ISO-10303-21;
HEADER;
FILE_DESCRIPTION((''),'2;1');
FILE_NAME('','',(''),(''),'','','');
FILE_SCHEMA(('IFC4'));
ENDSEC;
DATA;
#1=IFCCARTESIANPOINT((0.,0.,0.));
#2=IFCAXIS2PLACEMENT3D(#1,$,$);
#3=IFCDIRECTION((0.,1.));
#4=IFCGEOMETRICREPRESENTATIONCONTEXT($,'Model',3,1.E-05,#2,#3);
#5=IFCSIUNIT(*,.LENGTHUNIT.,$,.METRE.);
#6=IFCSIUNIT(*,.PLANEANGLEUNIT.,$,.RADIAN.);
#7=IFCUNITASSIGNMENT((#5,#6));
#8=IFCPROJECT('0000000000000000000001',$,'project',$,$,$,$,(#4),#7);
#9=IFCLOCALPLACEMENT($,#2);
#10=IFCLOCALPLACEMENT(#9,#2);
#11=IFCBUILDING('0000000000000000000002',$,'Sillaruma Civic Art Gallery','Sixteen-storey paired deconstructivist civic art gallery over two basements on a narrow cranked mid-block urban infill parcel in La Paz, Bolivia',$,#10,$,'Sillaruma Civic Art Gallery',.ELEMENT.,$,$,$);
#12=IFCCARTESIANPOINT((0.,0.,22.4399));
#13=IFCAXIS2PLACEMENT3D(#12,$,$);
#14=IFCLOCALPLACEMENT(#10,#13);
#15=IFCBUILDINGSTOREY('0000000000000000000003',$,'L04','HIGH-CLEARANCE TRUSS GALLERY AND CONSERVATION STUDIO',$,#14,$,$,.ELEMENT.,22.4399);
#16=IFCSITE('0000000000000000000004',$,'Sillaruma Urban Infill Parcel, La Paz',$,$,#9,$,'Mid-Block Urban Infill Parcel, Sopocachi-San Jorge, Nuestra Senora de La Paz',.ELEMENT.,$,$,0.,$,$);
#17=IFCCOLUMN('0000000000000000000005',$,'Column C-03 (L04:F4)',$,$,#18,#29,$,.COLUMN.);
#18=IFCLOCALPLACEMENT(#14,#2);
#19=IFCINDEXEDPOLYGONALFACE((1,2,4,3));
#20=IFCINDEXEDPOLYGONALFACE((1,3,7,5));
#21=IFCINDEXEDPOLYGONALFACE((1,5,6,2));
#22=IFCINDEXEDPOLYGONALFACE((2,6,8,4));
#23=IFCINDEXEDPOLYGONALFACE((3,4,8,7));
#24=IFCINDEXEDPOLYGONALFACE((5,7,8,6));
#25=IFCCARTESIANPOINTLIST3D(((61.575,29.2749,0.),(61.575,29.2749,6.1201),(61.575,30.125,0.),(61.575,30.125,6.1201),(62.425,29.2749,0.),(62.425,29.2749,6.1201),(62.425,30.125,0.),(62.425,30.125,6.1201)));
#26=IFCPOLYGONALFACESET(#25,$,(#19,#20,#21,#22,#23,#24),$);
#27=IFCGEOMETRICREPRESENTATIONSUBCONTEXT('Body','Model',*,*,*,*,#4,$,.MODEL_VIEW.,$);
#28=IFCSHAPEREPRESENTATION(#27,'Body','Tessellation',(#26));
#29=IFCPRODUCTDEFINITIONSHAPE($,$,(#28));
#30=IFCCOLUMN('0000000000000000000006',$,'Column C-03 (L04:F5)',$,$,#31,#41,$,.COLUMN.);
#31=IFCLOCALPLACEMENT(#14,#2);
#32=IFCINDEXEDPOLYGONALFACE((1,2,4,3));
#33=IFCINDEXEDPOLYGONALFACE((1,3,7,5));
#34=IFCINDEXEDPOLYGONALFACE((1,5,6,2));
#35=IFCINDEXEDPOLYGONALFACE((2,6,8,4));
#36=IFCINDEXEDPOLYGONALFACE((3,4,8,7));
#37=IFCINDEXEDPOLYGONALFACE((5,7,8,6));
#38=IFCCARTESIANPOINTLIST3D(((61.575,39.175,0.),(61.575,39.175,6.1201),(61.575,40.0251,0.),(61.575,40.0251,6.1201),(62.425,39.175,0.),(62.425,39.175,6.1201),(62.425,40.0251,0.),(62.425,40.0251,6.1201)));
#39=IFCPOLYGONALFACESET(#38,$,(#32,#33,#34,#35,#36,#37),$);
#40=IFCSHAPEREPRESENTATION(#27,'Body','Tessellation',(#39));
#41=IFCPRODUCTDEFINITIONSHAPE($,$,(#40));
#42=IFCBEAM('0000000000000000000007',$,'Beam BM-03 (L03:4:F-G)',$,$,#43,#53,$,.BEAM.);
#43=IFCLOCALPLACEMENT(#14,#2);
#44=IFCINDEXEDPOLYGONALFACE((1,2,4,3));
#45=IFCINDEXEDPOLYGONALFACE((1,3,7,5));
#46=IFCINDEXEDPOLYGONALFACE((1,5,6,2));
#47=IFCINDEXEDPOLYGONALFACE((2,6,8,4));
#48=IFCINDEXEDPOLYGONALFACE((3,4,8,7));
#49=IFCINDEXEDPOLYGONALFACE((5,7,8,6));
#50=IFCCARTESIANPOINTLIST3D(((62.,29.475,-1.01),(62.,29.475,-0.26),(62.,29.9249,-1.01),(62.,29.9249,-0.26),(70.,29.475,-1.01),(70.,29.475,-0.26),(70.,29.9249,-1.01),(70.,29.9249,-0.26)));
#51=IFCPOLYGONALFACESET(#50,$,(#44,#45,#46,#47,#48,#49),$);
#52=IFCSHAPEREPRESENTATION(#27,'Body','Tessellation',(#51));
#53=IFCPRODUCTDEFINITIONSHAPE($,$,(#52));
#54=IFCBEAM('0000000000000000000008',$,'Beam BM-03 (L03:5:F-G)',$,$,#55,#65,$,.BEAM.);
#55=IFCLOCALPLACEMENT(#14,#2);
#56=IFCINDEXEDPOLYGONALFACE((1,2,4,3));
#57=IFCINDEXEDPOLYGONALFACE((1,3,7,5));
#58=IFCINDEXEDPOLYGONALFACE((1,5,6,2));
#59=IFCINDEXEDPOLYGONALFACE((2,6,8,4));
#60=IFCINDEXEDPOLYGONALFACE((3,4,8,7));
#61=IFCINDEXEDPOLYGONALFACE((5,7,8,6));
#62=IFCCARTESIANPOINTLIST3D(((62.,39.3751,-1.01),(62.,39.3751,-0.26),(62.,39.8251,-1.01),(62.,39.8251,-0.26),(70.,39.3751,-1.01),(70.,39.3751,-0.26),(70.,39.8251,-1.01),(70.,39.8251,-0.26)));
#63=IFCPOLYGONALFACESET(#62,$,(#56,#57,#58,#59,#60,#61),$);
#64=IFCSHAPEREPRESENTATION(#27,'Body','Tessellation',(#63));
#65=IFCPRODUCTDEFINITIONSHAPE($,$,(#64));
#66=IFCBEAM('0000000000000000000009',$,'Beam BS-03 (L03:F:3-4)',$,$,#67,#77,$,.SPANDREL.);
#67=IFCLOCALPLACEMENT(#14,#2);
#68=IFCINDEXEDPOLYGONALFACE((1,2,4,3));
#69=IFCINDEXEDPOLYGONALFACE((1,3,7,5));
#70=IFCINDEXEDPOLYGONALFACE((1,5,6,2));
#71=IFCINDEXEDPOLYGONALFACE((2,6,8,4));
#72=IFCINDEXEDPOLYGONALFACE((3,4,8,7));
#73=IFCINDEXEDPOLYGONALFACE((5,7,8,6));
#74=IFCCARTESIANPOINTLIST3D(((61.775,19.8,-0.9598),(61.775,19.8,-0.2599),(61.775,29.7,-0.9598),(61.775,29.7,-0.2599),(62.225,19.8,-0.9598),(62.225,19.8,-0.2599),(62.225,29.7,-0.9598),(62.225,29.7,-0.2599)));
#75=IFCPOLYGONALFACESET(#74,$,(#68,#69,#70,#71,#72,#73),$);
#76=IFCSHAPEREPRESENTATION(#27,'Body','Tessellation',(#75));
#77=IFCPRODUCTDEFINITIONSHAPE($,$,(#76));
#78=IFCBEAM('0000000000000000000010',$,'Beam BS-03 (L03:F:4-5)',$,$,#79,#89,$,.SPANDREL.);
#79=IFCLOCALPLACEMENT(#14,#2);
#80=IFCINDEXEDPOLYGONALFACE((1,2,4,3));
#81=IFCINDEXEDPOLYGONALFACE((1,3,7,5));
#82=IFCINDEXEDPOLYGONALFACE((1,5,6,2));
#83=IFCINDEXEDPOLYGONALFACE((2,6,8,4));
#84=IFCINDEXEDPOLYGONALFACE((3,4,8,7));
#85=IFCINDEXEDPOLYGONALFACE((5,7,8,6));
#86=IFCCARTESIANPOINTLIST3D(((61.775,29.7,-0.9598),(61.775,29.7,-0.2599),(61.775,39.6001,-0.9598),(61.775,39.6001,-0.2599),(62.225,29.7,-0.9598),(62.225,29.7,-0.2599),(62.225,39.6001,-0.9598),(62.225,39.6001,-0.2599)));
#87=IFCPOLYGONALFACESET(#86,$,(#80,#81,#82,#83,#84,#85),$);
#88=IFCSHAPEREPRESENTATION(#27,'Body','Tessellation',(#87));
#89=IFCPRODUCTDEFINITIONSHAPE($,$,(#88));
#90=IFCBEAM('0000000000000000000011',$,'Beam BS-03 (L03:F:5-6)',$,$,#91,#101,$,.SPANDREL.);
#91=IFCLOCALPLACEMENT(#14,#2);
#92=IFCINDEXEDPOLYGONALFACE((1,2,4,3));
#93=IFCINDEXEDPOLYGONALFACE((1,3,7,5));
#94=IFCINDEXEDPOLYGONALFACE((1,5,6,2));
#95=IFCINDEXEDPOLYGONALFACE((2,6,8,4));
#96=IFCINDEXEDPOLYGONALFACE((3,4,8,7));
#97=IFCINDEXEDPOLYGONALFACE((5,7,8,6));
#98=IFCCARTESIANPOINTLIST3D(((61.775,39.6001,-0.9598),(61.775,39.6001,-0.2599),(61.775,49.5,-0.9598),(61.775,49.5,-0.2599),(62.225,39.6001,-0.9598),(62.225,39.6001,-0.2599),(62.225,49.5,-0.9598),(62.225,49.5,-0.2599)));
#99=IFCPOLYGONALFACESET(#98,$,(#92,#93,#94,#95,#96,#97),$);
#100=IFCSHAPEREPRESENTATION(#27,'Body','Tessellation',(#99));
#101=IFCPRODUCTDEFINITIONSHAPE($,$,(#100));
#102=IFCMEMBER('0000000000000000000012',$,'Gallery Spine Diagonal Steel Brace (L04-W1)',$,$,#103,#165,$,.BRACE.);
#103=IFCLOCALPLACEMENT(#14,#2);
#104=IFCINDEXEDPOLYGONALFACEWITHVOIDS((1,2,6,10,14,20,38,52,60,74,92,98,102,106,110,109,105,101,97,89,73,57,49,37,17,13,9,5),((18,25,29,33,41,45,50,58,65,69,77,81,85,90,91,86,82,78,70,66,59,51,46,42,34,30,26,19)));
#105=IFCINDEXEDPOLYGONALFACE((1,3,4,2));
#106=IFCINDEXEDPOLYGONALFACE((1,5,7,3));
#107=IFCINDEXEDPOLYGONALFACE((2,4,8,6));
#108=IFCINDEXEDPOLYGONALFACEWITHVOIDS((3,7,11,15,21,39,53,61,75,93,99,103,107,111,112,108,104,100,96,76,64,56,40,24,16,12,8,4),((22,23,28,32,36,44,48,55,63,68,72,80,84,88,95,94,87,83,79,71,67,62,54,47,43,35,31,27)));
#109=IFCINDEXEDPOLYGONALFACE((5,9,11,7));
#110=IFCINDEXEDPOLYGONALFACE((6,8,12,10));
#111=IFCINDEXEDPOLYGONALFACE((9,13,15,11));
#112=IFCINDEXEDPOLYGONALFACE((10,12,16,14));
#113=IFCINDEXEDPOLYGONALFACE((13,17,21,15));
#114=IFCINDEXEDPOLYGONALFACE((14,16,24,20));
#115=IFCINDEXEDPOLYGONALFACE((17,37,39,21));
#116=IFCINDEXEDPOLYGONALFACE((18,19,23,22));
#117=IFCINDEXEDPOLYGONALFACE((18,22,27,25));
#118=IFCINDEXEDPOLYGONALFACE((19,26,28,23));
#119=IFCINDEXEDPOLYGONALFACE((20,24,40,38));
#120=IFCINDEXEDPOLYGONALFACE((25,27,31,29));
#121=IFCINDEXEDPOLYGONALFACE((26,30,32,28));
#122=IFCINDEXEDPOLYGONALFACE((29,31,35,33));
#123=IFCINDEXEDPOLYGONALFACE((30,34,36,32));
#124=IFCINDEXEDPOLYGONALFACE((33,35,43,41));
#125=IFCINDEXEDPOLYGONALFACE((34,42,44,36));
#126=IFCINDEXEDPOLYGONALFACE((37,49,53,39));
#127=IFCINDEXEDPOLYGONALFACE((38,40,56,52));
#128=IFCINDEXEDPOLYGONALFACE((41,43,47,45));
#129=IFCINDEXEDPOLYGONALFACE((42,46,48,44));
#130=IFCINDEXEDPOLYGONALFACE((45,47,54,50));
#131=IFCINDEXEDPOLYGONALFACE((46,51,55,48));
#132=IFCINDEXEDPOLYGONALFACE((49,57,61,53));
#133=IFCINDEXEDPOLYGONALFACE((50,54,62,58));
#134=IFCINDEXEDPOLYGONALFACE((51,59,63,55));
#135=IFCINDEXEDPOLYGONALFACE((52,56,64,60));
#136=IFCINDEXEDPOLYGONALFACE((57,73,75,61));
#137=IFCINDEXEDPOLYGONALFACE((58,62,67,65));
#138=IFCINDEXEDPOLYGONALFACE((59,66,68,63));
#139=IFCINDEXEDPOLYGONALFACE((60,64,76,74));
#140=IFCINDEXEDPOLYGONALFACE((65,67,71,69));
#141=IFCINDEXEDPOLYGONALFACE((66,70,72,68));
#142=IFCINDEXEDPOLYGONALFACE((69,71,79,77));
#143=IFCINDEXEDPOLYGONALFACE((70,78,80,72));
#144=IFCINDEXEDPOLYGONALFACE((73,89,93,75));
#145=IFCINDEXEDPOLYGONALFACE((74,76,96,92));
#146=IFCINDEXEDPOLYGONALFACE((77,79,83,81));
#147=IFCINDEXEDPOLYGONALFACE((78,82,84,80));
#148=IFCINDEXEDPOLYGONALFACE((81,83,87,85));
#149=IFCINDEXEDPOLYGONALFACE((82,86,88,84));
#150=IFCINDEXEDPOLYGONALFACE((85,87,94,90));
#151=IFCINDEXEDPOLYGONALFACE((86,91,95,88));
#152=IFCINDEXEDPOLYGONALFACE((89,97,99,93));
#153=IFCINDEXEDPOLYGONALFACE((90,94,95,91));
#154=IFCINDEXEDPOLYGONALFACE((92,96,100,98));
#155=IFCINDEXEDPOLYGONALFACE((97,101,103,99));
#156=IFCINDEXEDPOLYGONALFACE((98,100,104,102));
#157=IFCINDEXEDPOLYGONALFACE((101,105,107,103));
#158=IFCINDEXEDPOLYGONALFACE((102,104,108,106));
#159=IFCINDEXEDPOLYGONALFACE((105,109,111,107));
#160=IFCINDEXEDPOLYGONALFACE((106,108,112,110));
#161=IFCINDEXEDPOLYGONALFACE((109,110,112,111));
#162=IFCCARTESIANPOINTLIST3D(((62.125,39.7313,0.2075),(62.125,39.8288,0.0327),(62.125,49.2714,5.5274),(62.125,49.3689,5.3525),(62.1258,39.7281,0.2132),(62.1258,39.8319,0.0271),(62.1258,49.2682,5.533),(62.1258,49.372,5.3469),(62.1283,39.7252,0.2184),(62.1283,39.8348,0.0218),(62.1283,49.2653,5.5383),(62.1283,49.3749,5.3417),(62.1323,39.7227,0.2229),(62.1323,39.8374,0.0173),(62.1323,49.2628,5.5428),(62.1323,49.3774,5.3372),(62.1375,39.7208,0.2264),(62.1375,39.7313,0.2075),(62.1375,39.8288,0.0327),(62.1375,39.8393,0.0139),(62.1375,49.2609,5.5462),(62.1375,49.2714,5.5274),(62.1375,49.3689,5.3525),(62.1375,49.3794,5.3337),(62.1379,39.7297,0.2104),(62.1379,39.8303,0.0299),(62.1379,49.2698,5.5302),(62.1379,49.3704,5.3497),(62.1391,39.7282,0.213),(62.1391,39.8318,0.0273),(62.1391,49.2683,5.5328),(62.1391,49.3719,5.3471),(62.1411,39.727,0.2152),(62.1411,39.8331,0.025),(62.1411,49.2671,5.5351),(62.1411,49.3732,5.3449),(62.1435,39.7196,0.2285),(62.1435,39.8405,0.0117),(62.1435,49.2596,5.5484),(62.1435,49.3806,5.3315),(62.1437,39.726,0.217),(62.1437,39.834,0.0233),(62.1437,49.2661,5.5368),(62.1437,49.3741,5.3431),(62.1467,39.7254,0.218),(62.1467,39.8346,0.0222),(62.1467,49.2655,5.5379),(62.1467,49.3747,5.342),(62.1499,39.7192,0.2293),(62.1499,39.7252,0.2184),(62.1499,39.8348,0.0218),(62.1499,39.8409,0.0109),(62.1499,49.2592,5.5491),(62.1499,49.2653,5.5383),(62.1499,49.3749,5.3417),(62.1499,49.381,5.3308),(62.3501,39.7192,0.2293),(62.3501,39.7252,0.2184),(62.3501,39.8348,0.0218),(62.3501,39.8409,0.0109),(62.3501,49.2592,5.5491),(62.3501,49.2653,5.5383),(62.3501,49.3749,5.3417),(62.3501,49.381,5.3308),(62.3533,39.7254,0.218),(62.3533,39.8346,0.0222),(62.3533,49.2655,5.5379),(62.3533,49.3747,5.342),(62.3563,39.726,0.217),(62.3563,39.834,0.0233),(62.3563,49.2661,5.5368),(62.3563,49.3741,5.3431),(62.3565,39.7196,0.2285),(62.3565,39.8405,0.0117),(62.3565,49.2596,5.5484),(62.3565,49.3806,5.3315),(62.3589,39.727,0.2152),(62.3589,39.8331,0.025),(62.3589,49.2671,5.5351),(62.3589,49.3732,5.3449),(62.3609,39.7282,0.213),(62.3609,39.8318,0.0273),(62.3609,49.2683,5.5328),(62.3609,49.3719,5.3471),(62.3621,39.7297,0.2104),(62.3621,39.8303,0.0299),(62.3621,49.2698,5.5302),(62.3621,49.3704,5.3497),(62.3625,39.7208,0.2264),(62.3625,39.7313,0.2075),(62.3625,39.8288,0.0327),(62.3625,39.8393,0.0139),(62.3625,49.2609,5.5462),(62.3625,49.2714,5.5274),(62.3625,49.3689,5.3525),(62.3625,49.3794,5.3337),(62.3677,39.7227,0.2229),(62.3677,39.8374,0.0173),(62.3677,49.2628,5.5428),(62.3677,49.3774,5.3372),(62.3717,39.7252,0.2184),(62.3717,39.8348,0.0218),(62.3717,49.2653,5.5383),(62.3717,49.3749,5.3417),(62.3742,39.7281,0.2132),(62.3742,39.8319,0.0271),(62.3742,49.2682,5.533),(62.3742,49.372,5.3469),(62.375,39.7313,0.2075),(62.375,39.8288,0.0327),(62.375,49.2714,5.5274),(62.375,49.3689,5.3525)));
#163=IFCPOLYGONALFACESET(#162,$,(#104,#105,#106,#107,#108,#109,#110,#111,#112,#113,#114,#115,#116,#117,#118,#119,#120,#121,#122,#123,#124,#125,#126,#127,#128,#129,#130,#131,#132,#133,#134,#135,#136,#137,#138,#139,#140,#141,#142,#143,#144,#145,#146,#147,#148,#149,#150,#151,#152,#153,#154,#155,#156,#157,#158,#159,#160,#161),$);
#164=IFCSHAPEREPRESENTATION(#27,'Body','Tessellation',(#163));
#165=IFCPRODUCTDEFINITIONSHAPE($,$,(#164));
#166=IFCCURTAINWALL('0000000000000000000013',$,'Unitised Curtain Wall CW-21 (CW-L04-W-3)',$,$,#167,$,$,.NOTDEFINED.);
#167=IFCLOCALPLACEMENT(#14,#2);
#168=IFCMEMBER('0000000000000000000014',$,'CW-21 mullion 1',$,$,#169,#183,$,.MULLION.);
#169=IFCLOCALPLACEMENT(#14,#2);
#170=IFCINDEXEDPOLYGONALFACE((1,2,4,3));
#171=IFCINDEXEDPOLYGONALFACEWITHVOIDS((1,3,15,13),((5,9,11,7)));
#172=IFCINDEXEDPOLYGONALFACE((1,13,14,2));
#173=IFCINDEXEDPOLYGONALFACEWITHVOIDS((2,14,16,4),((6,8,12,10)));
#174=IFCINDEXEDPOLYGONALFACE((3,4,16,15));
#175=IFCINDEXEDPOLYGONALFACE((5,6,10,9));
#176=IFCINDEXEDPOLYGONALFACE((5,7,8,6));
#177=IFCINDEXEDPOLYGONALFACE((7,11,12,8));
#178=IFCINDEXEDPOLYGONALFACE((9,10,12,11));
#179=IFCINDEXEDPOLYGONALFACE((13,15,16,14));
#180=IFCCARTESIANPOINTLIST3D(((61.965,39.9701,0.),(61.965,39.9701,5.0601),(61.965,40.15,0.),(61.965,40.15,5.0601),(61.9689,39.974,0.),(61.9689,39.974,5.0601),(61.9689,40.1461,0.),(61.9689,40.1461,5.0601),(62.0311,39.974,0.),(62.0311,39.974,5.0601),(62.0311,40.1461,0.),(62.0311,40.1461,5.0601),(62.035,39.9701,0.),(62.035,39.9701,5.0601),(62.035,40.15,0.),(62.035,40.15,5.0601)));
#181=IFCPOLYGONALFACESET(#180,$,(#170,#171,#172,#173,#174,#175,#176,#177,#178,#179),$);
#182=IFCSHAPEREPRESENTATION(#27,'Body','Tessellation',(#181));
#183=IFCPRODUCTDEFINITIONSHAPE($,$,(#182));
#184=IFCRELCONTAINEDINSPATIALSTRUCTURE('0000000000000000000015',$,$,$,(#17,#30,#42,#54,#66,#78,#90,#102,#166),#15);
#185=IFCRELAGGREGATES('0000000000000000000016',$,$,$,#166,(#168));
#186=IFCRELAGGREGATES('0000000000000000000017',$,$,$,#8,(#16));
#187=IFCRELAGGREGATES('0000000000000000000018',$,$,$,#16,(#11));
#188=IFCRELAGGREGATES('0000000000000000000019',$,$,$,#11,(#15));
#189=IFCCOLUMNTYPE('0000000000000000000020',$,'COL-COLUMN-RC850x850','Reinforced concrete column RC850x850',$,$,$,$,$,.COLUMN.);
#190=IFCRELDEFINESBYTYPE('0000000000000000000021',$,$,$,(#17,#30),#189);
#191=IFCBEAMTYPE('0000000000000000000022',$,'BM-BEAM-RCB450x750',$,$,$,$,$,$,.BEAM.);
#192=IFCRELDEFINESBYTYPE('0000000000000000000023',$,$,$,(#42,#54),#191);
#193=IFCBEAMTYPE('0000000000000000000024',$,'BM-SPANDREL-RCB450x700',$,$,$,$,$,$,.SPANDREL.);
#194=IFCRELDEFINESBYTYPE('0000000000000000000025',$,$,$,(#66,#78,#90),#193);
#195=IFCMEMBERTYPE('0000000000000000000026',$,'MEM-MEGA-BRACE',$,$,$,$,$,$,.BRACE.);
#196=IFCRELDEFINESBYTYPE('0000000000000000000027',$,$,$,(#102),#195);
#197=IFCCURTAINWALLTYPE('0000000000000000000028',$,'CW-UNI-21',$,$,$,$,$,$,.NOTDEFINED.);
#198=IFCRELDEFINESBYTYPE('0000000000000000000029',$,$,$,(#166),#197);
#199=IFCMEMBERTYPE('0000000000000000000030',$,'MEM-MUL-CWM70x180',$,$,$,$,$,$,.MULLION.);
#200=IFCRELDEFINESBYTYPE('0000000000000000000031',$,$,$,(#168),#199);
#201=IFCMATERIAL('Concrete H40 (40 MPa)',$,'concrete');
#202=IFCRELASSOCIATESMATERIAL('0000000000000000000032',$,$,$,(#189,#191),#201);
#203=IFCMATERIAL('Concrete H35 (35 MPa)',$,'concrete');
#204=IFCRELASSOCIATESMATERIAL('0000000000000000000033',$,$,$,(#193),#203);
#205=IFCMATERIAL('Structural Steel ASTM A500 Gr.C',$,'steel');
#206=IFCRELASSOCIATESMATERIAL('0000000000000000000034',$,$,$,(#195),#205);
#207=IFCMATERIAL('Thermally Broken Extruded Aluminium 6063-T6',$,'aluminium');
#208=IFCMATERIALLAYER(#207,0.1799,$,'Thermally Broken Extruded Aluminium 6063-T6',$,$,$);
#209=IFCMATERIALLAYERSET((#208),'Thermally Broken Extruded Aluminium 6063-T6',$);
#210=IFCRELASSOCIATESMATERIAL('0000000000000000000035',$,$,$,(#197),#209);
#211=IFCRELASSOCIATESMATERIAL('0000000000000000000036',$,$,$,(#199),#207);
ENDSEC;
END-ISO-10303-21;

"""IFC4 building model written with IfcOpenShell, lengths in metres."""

from ifc_helpers import new_model, si_unit, direction, frame, origin, origin_2d, place, context, subcontext, project, spatial, rectangle, hollow_rectangle, extrude, material, layer, layer_set, material_profile, profile_set, type_object, element, aggregate, save


model = new_model("IFC4")

# Units and contexts
model_context = context("Model", 3, precision=1e-05, world=origin(), true_north=direction((0.0, 1.0)))
body_context = subcontext(model_context, "Body", "Model", "MODEL_VIEW")
ifc_project = project(units=[si_unit("LENGTHUNIT", "METRE"), si_unit("PLANEANGLEUNIT", "RADIAN")], contexts=[model_context])

# Site, building, storey
site_placement = place(None, origin())
site = spatial("IfcSite", under=ifc_project, at=site_placement, Name="Sillaruma Urban Infill Parcel, La Paz", LongName="Mid-Block Urban Infill Parcel, Sopocachi-San Jorge, Nuestra Senora de La Paz", CompositionType="ELEMENT", RefElevation=0.0)
building_placement = place(site_placement, origin())
building = spatial("IfcBuilding", under=site, at=building_placement, Name="Sillaruma Civic Art Gallery", Description="Sixteen-storey paired deconstructivist civic art gallery over two basements on a narrow cranked mid-block urban infill parcel in La Paz, Bolivia", LongName="Sillaruma Civic Art Gallery", CompositionType="ELEMENT")
storey_placement = place(building_placement, frame((0.0, 0.0, 22.4399)))
storey = spatial("IfcBuildingStorey", under=building, at=storey_placement, Name="L04", Description="HIGH-CLEARANCE TRUSS GALLERY AND CONSERVATION STUDIO", CompositionType="ELEMENT", Elevation=22.4399)

# Columns
ifc_material_1 = material(Name="Concrete H40 (40 MPa)", Category="concrete")
ifc_material_profile_1 = material_profile(ifc_material_1, rectangle(XDim=0.8501, YDim=0.8501, at=origin_2d()), Name="RC850x850")
ifc_profile_set_1 = profile_set([ifc_material_profile_1], Name="Concrete H40 (40 MPa)")
column_type = type_object("IfcColumnType", Name="COL-COLUMN-RC850x850", Description="Reinforced concrete column RC850x850", PredefinedType="COLUMN", material=ifc_profile_set_1)
for number, where, z_axis, x_axis, name in (
    (1, (62.0, 29.7, 0.0), (0.0, 0.0, 1.0), (1.0, 0.0, 0.0), "Column C-03 (L04:F4)"),
    (2, (62.0, 39.6001, 0.0), (0.0, 0.0, 1.0), (1.0, 0.0, 0.0), "Column C-03 (L04:F5)"),
):
    element("IfcColumn", number, at=place(storey_placement, frame(where, z_axis=z_axis, x_axis=x_axis)), inside=storey, type_object=column_type, Name=name, PredefinedType="COLUMN", context=body_context, shape_type="SweptSolid", body=[
        extrude(rectangle(XDim=0.8501, YDim=0.8501, at=origin_2d()), origin(), (0.0, 0.0, 1.0), 6.1201),
    ])

# Beams
ifc_material_profile_2 = material_profile(ifc_material_1, rectangle(XDim=0.45, YDim=0.75, at=origin_2d()), Name="RCB450x750")
ifc_profile_set_2 = profile_set([ifc_material_profile_2], Name="Concrete H40 (40 MPa)")
beam_type_1 = type_object("IfcBeamType", Name="BM-BEAM-RCB450x750", PredefinedType="BEAM", material=ifc_profile_set_2)
for number, where, z_axis, x_axis, name in (
    (3, (62.0, 29.7, -0.635), (1.0, 0.0, 0.0), (0.0, 1.0, 0.0), "Beam BM-03 (L03:4:F-G)"),
    (4, (62.0, 39.6001, -0.635), (1.0, 0.0, 0.0), (0.0, 1.0, 0.0), "Beam BM-03 (L03:5:F-G)"),
):
    element("IfcBeam", number, at=place(storey_placement, frame(where, z_axis=z_axis, x_axis=x_axis)), inside=storey, type_object=beam_type_1, Name=name, PredefinedType="BEAM", context=body_context, shape_type="SweptSolid", body=[
        extrude(rectangle(XDim=0.45, YDim=0.75, at=origin_2d()), origin(), (0.0, 0.0, 1.0), 8.0),
    ])
ifc_material_2 = material(Name="Concrete H35 (35 MPa)", Category="concrete")
ifc_material_profile_3 = material_profile(ifc_material_2, rectangle(XDim=0.45, YDim=0.7, at=origin_2d()), Name="RCB450x700")
ifc_profile_set_3 = profile_set([ifc_material_profile_3], Name="Concrete H35 (35 MPa)")
beam_type_2 = type_object("IfcBeamType", Name="BM-SPANDREL-RCB450x700", PredefinedType="SPANDREL", material=ifc_profile_set_3)
beam_1_placement = place(storey_placement, frame((62.0, 19.8, -0.6099), z_axis=(0.0, 1.0, 0.0), x_axis=(-1.0, 0.0, 0.0)))
element("IfcBeam", 5, at=beam_1_placement, inside=storey, type_object=beam_type_2, Name="Beam BS-03 (L03:F:3-4)", PredefinedType="SPANDREL", context=body_context, shape_type="SweptSolid", body=[
    extrude(rectangle(XDim=0.45, YDim=0.7, at=origin_2d()), origin(), (0.0, 0.0, 1.0), 9.8999),
])
beam_2_placement = place(storey_placement, frame((62.0, 29.7, -0.6099), z_axis=(0.0, 1.0, 0.0), x_axis=(-1.0, 0.0, 0.0)))
element("IfcBeam", 6, at=beam_2_placement, inside=storey, type_object=beam_type_2, Name="Beam BS-03 (L03:F:4-5)", PredefinedType="SPANDREL", context=body_context, shape_type="SweptSolid", body=[
    extrude(rectangle(XDim=0.45, YDim=0.7, at=origin_2d()), origin(), (0.0, 0.0, 1.0), 9.9001),
])
beam_3_placement = place(storey_placement, frame((62.0, 39.6001, -0.6099), z_axis=(0.0, 1.0, 0.0), x_axis=(-1.0, 0.0, 0.0)))
element("IfcBeam", 7, at=beam_3_placement, inside=storey, type_object=beam_type_2, Name="Beam BS-03 (L03:F:5-6)", PredefinedType="SPANDREL", context=body_context, shape_type="SweptSolid", body=[
    extrude(rectangle(XDim=0.45, YDim=0.7, at=origin_2d()), origin(), (0.0, 0.0, 1.0), 9.8999),
])

# Member
ifc_material_3 = material(Name="Structural Steel ASTM A500 Gr.C", Category="steel")
ifc_material_profile_4 = material_profile(ifc_material_3, hollow_rectangle(XDim=0.25, YDim=0.25, WallThickness=0.0125, InnerFilletRadius=0.0125, OuterFilletRadius=0.0249, at=origin_2d()), Name="HSS250x250x12.5")
ifc_profile_set_4 = profile_set([ifc_material_profile_4], Name="Structural Steel ASTM A500 Gr.C")
member_type_1 = type_object("IfcMemberType", Name="MEM-MEGA-BRACE", PredefinedType="BRACE", material=ifc_profile_set_4)
member_1_placement = place(storey_placement, frame((62.25, 39.78, 0.1201), z_axis=(0.0, 0.873387, 0.487028), x_axis=(-1.0, 0.0, 0.0)))
element("IfcMember", 8, at=member_1_placement, inside=storey, type_object=member_type_1, Name="Gallery Spine Diagonal Steel Brace (L04-W1)", PredefinedType="BRACE", context=body_context, shape_type="SweptSolid", body=[
    extrude(hollow_rectangle(XDim=0.25, YDim=0.25, WallThickness=0.0125, InnerFilletRadius=0.0125, OuterFilletRadius=0.0249, at=origin_2d()), origin(), (0.0, 0.0, 1.0), 10.9231),
])

# Curtain wall, member
ifc_material_4 = material(Name="Thermally Broken Extruded Aluminium 6063-T6", Category="aluminium")
ifc_layer_1 = layer(ifc_material_4, 0.1799, Name="Thermally Broken Extruded Aluminium 6063-T6")
ifc_layer_set_1 = layer_set([ifc_layer_1], Name="Thermally Broken Extruded Aluminium 6063-T6")
curtain_wall_type = type_object("IfcCurtainWallType", Name="CW-UNI-21", PredefinedType="NOTDEFINED", material=ifc_layer_set_1)
curtain_wall_placement = place(storey_placement, origin())
curtain_wall = element("IfcCurtainWall", 9, at=curtain_wall_placement, inside=storey, type_object=curtain_wall_type, Name="Unitised Curtain Wall CW-21 (CW-L04-W-3)", PredefinedType="NOTDEFINED")
ifc_material_profile_5 = material_profile(ifc_material_4, hollow_rectangle(XDim=0.0701, YDim=0.1799, WallThickness=0.0039, at=origin_2d()), Name="CWM70x180")
ifc_profile_set_5 = profile_set([ifc_material_profile_5], Name="Thermally Broken Extruded Aluminium 6063-T6")
member_type_2 = type_object("IfcMemberType", Name="MEM-MUL-CWM70x180", PredefinedType="MULLION", material=ifc_profile_set_5)
member_2_placement = place(storey_placement, frame((62.0, 40.0601, 0.0), z_axis=(0.0, 0.0, 1.0), x_axis=(-1.0, 0.0, 0.0)))
member_2 = element("IfcMember", 10, at=member_2_placement, type_object=member_type_2, Name="CW-21 mullion 1", PredefinedType="MULLION", context=body_context, shape_type="SweptSolid", body=[
    extrude(hollow_rectangle(XDim=0.0701, YDim=0.1799, WallThickness=0.0039, at=origin_2d()), origin(), (0.0, 0.0, 1.0), 5.0601),
])
aggregate(curtain_wall, [member_2])

save(model, "model.ifc")
